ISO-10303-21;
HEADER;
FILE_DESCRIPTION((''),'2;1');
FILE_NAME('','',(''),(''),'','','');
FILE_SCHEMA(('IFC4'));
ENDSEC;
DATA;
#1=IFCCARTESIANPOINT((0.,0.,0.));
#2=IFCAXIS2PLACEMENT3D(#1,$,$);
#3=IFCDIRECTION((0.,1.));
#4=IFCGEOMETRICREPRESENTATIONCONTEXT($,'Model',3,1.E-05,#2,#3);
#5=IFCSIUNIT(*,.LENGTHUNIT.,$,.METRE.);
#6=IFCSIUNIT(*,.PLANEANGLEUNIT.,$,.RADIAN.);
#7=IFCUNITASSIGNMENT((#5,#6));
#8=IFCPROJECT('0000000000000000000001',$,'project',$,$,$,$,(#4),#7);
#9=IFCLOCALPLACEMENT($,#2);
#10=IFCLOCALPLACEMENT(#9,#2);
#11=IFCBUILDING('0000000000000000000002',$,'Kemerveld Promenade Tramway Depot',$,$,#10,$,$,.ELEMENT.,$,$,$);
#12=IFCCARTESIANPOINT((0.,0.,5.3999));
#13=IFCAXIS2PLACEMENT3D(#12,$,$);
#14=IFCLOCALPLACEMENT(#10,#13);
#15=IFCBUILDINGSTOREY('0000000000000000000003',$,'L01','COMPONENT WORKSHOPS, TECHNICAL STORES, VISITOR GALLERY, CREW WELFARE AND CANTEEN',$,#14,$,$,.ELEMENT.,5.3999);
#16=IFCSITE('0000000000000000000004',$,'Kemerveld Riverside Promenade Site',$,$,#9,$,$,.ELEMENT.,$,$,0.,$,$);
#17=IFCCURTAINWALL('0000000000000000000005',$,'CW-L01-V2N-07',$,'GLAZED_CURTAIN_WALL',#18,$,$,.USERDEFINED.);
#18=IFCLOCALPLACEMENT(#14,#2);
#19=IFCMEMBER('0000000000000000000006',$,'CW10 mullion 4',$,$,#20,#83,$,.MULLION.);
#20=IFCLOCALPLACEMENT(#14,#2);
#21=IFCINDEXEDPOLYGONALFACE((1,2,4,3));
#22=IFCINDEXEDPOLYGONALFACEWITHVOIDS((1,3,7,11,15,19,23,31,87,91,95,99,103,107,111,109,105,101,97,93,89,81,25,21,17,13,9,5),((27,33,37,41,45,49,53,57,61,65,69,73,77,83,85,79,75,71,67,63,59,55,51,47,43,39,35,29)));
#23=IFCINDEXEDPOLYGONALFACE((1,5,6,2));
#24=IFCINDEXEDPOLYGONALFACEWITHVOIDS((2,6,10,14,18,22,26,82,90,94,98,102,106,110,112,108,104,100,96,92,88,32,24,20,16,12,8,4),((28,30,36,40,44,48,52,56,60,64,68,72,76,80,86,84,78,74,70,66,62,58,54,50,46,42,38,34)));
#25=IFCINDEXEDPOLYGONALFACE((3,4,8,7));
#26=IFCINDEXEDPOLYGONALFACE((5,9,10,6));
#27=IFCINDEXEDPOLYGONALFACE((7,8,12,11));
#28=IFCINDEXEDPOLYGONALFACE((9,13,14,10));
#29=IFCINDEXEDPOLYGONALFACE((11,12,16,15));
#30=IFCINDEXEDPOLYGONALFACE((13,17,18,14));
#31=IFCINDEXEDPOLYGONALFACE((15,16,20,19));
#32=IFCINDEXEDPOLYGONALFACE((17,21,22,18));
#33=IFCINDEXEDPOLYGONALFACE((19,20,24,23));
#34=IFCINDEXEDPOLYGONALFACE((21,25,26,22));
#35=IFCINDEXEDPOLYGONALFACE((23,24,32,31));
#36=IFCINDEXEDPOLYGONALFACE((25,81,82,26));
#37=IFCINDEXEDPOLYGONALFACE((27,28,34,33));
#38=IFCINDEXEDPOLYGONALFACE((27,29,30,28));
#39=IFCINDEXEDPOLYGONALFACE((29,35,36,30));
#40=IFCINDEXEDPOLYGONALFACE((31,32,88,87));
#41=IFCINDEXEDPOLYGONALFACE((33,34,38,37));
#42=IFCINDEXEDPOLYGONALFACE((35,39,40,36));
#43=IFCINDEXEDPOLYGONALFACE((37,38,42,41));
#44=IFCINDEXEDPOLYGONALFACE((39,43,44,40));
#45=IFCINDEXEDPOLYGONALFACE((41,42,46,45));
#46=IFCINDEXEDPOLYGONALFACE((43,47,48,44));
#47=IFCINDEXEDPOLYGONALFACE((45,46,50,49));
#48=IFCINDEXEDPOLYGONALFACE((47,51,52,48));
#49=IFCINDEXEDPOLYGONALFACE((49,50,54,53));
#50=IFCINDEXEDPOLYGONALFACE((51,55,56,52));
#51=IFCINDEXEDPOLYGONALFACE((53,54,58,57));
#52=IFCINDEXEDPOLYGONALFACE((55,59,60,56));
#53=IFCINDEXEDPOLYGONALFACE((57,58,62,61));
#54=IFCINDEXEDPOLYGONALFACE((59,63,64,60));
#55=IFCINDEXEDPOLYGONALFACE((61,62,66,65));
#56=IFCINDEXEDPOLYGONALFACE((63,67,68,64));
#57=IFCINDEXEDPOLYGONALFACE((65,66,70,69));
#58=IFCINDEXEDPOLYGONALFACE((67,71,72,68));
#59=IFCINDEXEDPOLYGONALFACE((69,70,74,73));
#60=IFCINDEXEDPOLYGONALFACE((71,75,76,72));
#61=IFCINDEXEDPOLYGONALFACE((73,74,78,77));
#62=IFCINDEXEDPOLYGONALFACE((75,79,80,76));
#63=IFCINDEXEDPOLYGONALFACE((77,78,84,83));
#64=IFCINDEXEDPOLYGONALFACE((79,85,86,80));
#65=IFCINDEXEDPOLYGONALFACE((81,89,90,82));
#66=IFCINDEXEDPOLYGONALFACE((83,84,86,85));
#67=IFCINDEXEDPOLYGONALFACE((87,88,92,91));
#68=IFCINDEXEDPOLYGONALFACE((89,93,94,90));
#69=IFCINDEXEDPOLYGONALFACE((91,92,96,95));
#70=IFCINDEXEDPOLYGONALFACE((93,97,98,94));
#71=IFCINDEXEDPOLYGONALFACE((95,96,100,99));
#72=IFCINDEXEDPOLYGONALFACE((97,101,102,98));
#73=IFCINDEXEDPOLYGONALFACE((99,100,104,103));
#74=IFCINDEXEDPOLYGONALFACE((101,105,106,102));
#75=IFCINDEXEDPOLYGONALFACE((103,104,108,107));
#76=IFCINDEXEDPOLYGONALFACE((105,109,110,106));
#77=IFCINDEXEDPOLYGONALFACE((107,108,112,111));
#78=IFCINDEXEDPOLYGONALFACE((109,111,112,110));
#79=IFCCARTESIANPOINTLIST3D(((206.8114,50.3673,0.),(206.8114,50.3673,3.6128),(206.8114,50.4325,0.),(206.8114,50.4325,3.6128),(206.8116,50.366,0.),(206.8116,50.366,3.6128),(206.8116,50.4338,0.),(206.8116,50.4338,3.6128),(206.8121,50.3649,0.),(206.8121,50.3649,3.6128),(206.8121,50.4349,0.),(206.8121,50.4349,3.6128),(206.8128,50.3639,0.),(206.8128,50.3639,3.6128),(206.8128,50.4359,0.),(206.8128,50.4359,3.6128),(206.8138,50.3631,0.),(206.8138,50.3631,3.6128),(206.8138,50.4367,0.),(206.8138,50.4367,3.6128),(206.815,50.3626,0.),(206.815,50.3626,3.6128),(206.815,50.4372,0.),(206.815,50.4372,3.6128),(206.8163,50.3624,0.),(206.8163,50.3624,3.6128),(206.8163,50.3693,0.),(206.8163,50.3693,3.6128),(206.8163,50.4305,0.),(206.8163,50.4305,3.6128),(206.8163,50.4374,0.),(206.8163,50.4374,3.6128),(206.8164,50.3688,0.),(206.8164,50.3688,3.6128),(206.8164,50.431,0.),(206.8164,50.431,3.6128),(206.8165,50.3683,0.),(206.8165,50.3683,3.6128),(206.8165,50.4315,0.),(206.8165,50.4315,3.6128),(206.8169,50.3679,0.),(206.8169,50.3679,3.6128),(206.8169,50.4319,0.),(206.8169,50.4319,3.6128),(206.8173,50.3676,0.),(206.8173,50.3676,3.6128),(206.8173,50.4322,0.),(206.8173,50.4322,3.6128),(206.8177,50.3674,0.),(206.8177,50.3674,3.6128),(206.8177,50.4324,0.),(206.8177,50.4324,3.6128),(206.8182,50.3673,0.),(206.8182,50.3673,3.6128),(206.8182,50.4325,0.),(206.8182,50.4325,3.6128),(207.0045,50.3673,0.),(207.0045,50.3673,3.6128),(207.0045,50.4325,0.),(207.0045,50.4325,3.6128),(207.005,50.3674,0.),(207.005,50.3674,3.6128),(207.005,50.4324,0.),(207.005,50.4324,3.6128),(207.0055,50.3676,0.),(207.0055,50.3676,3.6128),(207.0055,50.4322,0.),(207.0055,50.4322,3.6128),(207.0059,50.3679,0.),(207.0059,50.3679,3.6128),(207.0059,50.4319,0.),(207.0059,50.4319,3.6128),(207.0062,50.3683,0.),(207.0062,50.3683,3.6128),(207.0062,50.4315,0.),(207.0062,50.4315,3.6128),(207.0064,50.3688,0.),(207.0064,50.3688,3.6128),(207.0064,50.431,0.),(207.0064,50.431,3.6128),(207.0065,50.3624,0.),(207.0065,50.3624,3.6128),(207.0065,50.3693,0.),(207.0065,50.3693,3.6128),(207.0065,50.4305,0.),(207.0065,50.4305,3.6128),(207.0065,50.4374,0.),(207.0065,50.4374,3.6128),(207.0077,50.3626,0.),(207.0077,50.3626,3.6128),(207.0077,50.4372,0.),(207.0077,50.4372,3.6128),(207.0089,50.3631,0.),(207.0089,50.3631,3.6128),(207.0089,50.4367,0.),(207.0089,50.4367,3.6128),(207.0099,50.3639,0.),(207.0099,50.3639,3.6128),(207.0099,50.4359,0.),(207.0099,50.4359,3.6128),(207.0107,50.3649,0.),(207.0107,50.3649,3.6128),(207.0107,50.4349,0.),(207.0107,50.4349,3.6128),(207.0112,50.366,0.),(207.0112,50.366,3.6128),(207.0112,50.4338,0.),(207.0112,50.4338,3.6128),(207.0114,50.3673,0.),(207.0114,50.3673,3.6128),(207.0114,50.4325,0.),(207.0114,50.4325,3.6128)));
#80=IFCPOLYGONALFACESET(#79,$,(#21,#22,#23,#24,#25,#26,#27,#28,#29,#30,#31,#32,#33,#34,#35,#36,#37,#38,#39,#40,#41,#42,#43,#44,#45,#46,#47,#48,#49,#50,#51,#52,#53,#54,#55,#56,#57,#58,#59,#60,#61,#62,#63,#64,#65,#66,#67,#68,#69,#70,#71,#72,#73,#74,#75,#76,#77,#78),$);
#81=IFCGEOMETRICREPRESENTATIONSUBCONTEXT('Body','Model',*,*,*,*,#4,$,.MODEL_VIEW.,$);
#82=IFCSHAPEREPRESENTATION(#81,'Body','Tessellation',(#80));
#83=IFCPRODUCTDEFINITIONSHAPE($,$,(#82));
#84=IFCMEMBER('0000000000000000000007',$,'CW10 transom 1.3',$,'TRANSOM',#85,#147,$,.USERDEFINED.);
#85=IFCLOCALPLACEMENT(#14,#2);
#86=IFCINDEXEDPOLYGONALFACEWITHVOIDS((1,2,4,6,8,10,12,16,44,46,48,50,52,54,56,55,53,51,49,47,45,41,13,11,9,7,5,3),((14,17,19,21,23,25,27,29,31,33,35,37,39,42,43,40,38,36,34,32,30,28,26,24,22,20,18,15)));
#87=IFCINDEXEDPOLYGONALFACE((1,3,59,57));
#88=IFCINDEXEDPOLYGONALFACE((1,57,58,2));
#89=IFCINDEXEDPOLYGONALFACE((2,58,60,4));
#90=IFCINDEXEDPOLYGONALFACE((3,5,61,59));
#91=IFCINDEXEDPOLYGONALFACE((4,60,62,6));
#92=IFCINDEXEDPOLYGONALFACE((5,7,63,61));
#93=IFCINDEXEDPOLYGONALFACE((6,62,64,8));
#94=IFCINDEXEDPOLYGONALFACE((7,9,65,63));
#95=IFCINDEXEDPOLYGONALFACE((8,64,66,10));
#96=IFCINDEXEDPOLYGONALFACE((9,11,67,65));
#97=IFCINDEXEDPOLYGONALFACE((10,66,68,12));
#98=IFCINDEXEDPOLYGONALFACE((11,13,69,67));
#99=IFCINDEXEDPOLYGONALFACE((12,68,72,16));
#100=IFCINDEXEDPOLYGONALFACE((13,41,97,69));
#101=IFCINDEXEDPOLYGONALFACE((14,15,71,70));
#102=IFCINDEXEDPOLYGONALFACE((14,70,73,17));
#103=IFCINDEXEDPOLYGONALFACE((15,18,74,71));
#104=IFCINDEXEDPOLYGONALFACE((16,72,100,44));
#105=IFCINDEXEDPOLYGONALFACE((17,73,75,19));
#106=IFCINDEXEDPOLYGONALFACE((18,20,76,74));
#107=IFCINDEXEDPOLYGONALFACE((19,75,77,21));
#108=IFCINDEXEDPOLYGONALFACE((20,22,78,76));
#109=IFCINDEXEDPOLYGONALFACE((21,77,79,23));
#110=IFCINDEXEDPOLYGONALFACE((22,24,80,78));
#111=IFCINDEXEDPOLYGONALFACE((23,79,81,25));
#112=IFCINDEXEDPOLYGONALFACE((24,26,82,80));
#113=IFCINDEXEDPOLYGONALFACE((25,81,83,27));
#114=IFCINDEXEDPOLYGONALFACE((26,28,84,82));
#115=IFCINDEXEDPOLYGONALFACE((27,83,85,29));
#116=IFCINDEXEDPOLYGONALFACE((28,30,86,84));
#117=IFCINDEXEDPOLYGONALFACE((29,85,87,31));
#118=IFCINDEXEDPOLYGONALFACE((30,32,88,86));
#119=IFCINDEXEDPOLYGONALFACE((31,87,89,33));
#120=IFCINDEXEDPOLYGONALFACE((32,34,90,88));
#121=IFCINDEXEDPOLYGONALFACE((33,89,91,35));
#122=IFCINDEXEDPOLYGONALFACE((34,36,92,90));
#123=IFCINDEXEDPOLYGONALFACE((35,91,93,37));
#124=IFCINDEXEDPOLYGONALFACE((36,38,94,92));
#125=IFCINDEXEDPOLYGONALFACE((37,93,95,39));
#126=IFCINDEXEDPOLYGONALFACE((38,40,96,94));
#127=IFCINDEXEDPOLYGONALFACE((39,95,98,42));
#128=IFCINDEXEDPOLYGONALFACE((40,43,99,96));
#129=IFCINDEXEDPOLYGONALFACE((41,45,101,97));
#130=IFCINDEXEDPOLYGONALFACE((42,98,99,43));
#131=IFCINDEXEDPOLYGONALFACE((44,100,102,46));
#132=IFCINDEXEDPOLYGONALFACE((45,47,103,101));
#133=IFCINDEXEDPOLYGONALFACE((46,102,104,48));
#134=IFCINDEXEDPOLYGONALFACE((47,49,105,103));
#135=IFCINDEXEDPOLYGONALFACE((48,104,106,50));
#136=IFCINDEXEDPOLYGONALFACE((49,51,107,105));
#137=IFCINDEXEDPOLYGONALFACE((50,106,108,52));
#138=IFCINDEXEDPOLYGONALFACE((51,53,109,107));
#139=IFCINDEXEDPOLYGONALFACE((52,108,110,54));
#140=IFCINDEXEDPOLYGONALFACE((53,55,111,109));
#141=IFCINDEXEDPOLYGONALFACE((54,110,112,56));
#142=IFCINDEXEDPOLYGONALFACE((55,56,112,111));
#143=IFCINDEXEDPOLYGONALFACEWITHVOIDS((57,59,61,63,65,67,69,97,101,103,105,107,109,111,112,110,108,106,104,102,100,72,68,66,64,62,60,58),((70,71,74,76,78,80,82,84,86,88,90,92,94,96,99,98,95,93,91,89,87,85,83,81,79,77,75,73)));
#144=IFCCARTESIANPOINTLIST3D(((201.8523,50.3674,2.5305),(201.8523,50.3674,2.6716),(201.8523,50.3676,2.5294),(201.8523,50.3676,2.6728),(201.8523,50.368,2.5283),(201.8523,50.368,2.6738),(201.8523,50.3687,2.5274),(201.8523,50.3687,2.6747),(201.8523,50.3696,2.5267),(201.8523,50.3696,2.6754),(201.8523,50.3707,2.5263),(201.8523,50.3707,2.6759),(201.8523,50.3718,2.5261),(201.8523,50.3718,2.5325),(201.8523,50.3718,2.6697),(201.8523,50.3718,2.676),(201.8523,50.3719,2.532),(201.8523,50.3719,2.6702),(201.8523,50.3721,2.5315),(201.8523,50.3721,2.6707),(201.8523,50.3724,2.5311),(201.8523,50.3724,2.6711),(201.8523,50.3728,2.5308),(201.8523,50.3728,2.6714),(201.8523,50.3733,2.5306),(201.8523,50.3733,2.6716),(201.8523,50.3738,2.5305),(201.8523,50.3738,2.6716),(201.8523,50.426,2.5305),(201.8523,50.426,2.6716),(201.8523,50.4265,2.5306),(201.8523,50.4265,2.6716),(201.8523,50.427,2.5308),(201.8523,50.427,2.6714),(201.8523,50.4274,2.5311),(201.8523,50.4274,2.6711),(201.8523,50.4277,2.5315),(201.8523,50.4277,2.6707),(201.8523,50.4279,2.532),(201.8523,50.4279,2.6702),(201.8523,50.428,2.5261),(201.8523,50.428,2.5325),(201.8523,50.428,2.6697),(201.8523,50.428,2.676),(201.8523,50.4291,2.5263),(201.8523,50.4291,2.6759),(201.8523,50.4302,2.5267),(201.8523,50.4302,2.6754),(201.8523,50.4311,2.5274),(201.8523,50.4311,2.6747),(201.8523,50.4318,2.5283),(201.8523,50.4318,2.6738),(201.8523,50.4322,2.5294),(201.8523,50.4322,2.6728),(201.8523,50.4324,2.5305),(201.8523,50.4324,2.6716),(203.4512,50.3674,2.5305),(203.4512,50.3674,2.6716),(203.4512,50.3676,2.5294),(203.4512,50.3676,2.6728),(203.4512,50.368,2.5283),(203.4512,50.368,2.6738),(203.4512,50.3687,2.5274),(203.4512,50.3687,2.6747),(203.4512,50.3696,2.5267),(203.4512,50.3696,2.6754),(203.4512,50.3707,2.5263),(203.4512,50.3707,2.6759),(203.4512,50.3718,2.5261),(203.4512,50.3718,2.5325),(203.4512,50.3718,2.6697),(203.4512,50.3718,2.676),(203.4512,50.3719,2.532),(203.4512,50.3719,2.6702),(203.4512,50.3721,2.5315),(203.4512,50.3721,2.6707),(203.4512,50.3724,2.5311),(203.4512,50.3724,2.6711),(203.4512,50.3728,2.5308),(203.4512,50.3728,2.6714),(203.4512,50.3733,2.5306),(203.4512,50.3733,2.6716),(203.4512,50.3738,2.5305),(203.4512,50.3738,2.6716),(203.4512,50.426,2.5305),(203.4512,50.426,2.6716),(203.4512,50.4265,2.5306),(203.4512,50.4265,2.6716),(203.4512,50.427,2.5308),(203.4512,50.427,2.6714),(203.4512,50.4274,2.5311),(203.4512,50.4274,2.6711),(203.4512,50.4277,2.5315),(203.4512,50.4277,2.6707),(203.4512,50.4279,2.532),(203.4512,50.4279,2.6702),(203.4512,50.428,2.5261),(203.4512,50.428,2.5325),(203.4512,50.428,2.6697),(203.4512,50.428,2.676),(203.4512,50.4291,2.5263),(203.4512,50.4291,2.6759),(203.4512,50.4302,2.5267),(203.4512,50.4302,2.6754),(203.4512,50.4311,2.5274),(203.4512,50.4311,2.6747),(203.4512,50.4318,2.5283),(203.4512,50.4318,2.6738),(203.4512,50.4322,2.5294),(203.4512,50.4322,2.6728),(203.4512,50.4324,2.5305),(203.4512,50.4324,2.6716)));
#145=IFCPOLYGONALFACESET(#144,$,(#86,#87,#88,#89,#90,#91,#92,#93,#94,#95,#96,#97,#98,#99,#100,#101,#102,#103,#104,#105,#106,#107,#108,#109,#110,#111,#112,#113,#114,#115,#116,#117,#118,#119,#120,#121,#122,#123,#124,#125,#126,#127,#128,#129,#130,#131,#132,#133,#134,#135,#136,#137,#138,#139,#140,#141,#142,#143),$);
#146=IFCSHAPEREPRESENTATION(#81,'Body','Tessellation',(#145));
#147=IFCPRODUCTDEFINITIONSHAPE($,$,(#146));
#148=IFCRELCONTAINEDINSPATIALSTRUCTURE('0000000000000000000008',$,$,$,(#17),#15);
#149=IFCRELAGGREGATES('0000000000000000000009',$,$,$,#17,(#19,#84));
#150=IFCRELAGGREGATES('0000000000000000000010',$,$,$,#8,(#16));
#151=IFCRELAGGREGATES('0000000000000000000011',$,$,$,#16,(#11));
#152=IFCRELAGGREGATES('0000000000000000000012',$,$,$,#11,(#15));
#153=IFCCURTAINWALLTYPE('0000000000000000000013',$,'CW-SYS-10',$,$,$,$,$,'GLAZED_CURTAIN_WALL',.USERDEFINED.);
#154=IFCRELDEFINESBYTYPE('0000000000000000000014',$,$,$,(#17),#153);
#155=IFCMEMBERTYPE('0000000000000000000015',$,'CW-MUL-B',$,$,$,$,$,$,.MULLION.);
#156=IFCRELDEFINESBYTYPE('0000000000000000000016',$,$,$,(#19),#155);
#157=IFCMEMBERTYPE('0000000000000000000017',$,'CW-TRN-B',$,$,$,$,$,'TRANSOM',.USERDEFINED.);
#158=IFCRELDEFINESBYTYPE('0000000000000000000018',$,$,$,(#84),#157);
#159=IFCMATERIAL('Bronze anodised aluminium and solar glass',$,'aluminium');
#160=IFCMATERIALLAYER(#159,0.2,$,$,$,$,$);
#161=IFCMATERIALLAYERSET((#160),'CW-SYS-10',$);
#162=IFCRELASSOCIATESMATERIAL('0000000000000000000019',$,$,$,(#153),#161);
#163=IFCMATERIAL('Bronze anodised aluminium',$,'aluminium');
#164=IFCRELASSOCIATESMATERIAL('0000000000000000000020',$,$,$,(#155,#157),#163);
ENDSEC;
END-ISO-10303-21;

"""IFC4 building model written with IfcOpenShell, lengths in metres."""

from ifc_helpers import new_model, si_unit, direction, frame, origin, origin_2d, place, context, subcontext, project, spatial, hollow_rectangle, extrude, material, layer, layer_set, material_profile, profile_set, type_object, element, aggregate, save


model = new_model("IFC4")

# Units and contexts
model_context = context("Model", 3, precision=1e-05, world=origin(), true_north=direction((0.0, 1.0)))
body_context = subcontext(model_context, "Body", "Model", "MODEL_VIEW")
ifc_project = project(units=[si_unit("LENGTHUNIT", "METRE"), si_unit("PLANEANGLEUNIT", "RADIAN")], contexts=[model_context])

# Site, building, storey
site_placement = place(None, origin())
site = spatial("IfcSite", under=ifc_project, at=site_placement, Name="Kemerveld Riverside Promenade Site", CompositionType="ELEMENT", RefElevation=0.0)
building_placement = place(site_placement, origin())
building = spatial("IfcBuilding", under=site, at=building_placement, Name="Kemerveld Promenade Tramway Depot", CompositionType="ELEMENT")
storey_placement = place(building_placement, frame((0.0, 0.0, 5.3999)))
storey = spatial("IfcBuildingStorey", under=building, at=storey_placement, Name="L01", Description="COMPONENT WORKSHOPS, TECHNICAL STORES, VISITOR GALLERY, CREW WELFARE AND CANTEEN", CompositionType="ELEMENT", Elevation=5.3999)

# Curtain wall, members
ifc_material_1 = material(Name="Bronze anodised aluminium and solar glass", Category="aluminium")
ifc_layer_1 = layer(ifc_material_1, 0.2)
ifc_layer_set_1 = layer_set([ifc_layer_1], Name="CW-SYS-10")
curtain_wall_type = type_object("IfcCurtainWallType", Name="CW-SYS-10", ElementType="GLAZED_CURTAIN_WALL", PredefinedType="USERDEFINED", material=ifc_layer_set_1)
curtain_wall_placement = place(storey_placement, origin())
curtain_wall = element("IfcCurtainWall", 1, at=curtain_wall_placement, inside=storey, type_object=curtain_wall_type, Name="CW-L01-V2N-07", ObjectType="GLAZED_CURTAIN_WALL", PredefinedType="USERDEFINED")
ifc_material_2 = material(Name="Bronze anodised aluminium", Category="aluminium")
ifc_material_profile_1 = material_profile(ifc_material_2, hollow_rectangle(XDim=0.075, YDim=0.2, WallThickness=0.0049, InnerFilletRadius=0.002, OuterFilletRadius=0.0049, at=origin_2d()), Name="CW-MUL-200x75")
ifc_profile_set_1 = profile_set([ifc_material_profile_1], Name="Bronze anodised aluminium")
member_type_1 = type_object("IfcMemberType", Name="CW-MUL-B", PredefinedType="MULLION", material=ifc_profile_set_1)
member_1_placement = place(storey_placement, frame((206.9114, 50.3999, 0.0), z_axis=(0.0, 0.0, 1.0), x_axis=(0.0, 1.0, 0.0)))
member_1 = element("IfcMember", 2, at=member_1_placement, type_object=member_type_1, Name="CW10 mullion 4", PredefinedType="MULLION", context=body_context, shape_type="SweptSolid", body=[
    extrude(hollow_rectangle(XDim=0.075, YDim=0.2, WallThickness=0.0049, InnerFilletRadius=0.002, OuterFilletRadius=0.0049, at=origin_2d()), origin(), (0.0, 0.0, 1.0), 3.6128),
])
ifc_material_profile_2 = material_profile(ifc_material_2, hollow_rectangle(XDim=0.0649, YDim=0.1499, WallThickness=0.0044, InnerFilletRadius=0.002, OuterFilletRadius=0.0044, at=origin_2d()), Name="CW-TRN-150x65")
ifc_profile_set_2 = profile_set([ifc_material_profile_2], Name="Bronze anodised aluminium")
member_type_2 = type_object("IfcMemberType", Name="CW-TRN-B", ElementType="TRANSOM", PredefinedType="USERDEFINED", material=ifc_profile_set_2)
member_2_placement = place(storey_placement, frame((201.8523, 50.3999, 2.6011), z_axis=(1.0, 0.0, 0.0), x_axis=(0.0, 1.0, 0.0)))
member_2 = element("IfcMember", 3, at=member_2_placement, type_object=member_type_2, Name="CW10 transom 1.3", ObjectType="TRANSOM", PredefinedType="USERDEFINED", context=body_context, shape_type="SweptSolid", body=[
    extrude(hollow_rectangle(XDim=0.0649, YDim=0.1499, WallThickness=0.0044, InnerFilletRadius=0.002, OuterFilletRadius=0.0044, at=origin_2d()), origin(), (0.0, 0.0, 1.0), 1.5989),
])
aggregate(curtain_wall, [member_1, member_2])

save(model, "model.ifc")
